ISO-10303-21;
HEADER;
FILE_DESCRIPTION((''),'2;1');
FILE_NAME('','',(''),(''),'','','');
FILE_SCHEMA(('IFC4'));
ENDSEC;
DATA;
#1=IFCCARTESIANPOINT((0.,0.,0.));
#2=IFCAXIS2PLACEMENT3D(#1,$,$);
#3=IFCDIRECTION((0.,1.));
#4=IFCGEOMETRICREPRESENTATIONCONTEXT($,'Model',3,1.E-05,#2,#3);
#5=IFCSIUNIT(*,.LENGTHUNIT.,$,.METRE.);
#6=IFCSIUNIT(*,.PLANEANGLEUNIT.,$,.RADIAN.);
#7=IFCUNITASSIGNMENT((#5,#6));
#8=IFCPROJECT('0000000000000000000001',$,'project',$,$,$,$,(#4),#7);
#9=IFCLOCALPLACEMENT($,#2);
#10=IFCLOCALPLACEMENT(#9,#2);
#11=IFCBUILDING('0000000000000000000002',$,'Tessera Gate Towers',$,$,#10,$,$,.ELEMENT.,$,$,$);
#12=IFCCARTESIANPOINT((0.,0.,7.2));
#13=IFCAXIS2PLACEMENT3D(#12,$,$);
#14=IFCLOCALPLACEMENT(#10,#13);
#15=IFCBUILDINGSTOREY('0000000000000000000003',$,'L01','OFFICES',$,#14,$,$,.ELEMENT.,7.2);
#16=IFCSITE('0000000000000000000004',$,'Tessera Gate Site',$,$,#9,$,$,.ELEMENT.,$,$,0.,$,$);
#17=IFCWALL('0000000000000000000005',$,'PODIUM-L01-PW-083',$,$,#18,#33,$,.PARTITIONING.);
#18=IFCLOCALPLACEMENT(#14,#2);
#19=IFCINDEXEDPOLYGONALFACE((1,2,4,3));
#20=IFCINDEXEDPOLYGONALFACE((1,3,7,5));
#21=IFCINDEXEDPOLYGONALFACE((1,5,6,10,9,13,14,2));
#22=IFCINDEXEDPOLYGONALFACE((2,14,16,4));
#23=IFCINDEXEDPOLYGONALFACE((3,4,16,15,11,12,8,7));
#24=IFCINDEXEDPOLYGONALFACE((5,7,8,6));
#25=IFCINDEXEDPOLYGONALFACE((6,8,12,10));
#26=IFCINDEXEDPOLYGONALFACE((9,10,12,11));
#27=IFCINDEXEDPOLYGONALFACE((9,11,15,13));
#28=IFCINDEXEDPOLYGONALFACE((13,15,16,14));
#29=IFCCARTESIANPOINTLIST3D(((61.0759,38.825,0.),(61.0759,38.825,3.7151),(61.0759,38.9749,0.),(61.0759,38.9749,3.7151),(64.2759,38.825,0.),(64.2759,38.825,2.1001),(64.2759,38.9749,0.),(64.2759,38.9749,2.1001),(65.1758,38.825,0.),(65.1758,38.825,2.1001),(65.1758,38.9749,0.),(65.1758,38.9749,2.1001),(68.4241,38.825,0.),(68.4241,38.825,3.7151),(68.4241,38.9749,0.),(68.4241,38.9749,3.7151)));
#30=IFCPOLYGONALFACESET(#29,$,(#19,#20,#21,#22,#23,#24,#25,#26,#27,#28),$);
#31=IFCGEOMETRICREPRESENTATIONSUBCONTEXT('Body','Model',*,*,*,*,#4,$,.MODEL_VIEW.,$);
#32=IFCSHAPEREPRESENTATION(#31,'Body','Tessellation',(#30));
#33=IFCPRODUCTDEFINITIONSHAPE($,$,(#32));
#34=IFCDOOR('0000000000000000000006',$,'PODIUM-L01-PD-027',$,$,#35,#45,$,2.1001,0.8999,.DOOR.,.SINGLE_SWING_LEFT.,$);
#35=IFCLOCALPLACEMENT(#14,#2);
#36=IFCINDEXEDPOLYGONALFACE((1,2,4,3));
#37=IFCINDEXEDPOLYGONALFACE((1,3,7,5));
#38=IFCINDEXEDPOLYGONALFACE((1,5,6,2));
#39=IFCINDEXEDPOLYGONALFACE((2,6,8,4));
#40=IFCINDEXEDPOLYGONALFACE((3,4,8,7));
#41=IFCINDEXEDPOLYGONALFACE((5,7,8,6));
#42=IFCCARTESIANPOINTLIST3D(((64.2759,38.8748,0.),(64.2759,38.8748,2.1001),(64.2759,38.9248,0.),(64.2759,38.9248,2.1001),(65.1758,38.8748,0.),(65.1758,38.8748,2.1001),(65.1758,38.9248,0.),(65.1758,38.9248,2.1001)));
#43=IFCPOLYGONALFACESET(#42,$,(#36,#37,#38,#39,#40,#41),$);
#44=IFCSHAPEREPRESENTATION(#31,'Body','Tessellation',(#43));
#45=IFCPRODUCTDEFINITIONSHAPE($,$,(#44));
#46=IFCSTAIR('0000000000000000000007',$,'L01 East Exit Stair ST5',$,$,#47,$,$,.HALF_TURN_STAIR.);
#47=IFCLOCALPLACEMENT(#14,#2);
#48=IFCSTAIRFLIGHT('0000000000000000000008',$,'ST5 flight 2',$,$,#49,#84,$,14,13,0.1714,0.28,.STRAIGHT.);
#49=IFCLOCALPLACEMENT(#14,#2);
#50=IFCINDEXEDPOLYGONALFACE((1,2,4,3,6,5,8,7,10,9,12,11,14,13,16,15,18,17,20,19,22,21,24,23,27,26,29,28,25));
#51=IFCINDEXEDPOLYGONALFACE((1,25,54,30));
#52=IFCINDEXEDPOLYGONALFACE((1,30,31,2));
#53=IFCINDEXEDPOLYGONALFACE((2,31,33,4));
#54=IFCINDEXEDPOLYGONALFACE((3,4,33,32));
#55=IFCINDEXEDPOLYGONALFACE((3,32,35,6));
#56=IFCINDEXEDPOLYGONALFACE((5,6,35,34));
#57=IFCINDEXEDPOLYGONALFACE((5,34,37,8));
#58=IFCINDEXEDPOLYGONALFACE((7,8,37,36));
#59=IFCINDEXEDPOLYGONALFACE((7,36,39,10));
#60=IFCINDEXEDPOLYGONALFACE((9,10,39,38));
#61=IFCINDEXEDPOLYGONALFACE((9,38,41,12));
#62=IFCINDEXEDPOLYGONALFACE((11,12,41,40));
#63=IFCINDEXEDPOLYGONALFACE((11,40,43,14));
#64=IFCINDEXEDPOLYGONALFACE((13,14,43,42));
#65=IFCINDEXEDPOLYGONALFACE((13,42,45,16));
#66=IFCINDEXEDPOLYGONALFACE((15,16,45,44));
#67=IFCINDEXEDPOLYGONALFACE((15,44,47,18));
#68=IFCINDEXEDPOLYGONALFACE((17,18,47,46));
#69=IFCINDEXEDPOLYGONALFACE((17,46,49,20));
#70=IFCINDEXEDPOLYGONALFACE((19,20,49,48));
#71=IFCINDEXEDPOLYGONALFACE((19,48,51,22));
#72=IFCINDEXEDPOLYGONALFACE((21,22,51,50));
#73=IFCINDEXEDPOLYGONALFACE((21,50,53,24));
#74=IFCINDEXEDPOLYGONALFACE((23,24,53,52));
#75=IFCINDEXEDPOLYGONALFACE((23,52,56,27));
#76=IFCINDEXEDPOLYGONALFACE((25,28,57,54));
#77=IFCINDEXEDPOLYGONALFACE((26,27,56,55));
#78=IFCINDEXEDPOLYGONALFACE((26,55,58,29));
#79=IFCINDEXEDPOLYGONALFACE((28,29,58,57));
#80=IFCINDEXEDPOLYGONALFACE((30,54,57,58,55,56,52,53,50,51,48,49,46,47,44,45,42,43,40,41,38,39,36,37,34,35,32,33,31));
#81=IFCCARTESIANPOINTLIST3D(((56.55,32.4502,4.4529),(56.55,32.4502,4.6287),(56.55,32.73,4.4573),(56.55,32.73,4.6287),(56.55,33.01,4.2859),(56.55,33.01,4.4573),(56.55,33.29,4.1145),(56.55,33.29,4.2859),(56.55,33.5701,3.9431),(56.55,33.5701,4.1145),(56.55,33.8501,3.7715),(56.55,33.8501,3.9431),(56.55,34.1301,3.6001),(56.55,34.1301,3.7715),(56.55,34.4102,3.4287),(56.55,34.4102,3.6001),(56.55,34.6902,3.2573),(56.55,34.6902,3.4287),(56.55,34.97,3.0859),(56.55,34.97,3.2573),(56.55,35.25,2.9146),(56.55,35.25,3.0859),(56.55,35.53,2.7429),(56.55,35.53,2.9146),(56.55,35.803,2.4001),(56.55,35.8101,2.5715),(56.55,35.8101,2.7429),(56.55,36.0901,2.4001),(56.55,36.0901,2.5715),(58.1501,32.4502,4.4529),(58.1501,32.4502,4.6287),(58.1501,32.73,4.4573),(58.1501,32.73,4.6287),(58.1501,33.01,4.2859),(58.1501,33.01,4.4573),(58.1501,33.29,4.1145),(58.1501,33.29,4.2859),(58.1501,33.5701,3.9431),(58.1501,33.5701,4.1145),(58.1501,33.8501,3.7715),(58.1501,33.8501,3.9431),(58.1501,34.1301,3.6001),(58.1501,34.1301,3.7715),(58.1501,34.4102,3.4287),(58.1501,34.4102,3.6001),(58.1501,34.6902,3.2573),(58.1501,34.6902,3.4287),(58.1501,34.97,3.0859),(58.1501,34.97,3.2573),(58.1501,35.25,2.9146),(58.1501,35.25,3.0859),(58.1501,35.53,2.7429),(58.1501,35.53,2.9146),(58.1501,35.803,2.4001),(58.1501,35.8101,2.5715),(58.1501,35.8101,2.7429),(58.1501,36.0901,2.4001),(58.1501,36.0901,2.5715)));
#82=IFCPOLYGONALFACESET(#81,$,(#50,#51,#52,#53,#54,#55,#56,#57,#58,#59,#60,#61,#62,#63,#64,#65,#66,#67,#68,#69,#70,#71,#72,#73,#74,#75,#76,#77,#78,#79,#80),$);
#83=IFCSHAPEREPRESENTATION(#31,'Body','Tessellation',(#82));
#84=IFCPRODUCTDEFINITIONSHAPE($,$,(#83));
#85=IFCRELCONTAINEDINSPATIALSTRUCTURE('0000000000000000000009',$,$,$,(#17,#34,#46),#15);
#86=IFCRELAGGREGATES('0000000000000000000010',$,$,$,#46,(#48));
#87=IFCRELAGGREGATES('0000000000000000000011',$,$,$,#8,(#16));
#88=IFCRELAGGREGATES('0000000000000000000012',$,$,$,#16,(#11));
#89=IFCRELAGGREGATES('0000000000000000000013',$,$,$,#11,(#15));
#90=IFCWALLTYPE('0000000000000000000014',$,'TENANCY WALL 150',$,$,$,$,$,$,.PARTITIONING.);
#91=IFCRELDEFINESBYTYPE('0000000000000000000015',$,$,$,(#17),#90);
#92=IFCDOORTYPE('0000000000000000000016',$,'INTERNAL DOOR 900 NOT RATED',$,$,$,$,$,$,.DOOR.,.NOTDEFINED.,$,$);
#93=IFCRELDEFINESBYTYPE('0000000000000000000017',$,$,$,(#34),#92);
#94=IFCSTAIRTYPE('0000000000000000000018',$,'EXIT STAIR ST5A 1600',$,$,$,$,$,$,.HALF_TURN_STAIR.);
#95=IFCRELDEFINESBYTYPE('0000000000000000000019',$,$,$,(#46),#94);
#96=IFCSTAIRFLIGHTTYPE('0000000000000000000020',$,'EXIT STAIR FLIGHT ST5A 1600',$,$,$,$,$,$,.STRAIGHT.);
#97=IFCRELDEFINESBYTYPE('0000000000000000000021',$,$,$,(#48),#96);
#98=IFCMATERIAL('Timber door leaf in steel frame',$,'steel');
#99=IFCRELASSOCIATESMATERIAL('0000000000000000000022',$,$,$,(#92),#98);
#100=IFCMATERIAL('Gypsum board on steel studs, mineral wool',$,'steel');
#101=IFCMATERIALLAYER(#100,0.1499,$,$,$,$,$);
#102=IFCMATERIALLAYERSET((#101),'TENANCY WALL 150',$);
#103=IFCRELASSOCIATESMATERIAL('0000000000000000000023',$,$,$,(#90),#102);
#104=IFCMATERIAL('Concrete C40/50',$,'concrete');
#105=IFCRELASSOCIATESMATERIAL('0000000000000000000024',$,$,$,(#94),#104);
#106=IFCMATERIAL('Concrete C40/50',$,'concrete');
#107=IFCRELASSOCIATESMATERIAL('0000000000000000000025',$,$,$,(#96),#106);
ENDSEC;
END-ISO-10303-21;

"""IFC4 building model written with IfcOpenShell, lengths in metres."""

from ifc_helpers import new_model, si_unit, direction, frame, frame_2d, origin, place, context, subcontext, project, spatial, polyline, rectangle, outline, extrude, source, transform, mapped, material, layer, layer_set, type_object, element, fill, aggregate, save


model = new_model("IFC4")

# Units and contexts
model_context = context("Model", 3, precision=1e-05, world=origin(), true_north=direction((0.0, 1.0)))
body_context = subcontext(model_context, "Body", "Model", "MODEL_VIEW")
ifc_project = project(units=[si_unit("LENGTHUNIT", "METRE"), si_unit("PLANEANGLEUNIT", "RADIAN")], contexts=[model_context])

# Site, building, storey
site_placement = place(None, origin())
site = spatial("IfcSite", under=ifc_project, at=site_placement, Name="Tessera Gate Site", CompositionType="ELEMENT", RefElevation=0.0)
building_placement = place(site_placement, origin())
building = spatial("IfcBuilding", under=site, at=building_placement, Name="Tessera Gate Towers", CompositionType="ELEMENT")
storey_placement = place(building_placement, frame((0.0, 0.0, 7.2)))
storey = spatial("IfcBuildingStorey", under=building, at=storey_placement, Name="L01", Description="OFFICES", CompositionType="ELEMENT", Elevation=7.2)

# Shared definitions
shared_shape_1 = source(origin(), body_context, "Body", "SweptSolid", [
    extrude(rectangle(XDim=0.8999, YDim=2.1001, at=frame_2d((0.45, 1.05))), frame((0.0, 0.085, 0.0), z_axis=(0.0, -1.0, 0.0), x_axis=(1.0, 0.0, 0.0)), (0.0, 0.0, 1.0), 0.1699),
])
shared_shape_2 = source(origin(), body_context, "Body", "SweptSolid", [
    extrude(rectangle(XDim=0.8999, YDim=2.1001, at=frame_2d((0.45, 1.05))), frame((0.0, 0.0249, 0.0), z_axis=(0.0, -1.0, 0.0), x_axis=(1.0, 0.0, 0.0)), (0.0, 0.0, 1.0), 0.05),
])

# Shared definitions
ifc_material_1 = material(Name="Timber door leaf in steel frame", Category="steel")
door_type_1 = type_object("IfcDoorType", Name="INTERNAL DOOR 900 NOT RATED", OperationType="NOTDEFINED", PredefinedType="DOOR", material=ifc_material_1)

# Shared definitions
ifc_material_2 = material(Name="Gypsum board on steel studs, mineral wool", Category="steel")
ifc_layer_1 = layer(ifc_material_2, 0.1499)
ifc_layer_set_1 = layer_set([ifc_layer_1], Name="TENANCY WALL 150")
wall_type_1 = type_object("IfcWallType", Name="TENANCY WALL 150", PredefinedType="PARTITIONING", material=ifc_layer_set_1)

# Wall, opening, door
wall_1_placement = place(storey_placement, frame((61.0759, 38.8999, 0.0), z_axis=(0.0, 0.0, 1.0), x_axis=(1.0, 0.0, 0.0)))
wall_1 = element("IfcWall", 1, at=wall_1_placement, inside=storey, type_object=wall_type_1, Name="PODIUM-L01-PW-083", PredefinedType="PARTITIONING", context=body_context, shape_type="SweptSolid", body=[
    extrude(rectangle(XDim=7.3481, YDim=0.1499, at=frame_2d((3.6741, 0.0))), origin(), (0.0, 0.0, 1.0), 3.7151),
])
opening_1_placement = place(wall_1_placement, frame((3.2, 0.0, 0.0)))
opening_1 = element("IfcOpeningElement", 2, at=opening_1_placement, cuts=wall_1, PredefinedType="OPENING", context=body_context, shape_type="MappedRepresentation", body=[
    mapped(shared_shape_1, transform((0.0, 0.0, 0.0), scale=1.0)),
])
door_1_placement = place(opening_1_placement, origin())
door_1 = element("IfcDoor", 3, at=door_1_placement, inside=storey, type_object=door_type_1, Name="PODIUM-L01-PD-027", OperationType="SINGLE_SWING_LEFT", OverallHeight=2.1001, OverallWidth=0.8999, PredefinedType="DOOR", context=body_context, shape_type="MappedRepresentation", body=[
    mapped(shared_shape_2, transform((0.0, 0.0, 0.0), scale=1.0)),
])
fill(opening_1, door_1)

# Stair, stair flight
ifc_material_3 = material(Name="Concrete C40/50", Category="concrete")
stair_type = type_object("IfcStairType", Name="EXIT STAIR ST5A 1600", PredefinedType="HALF_TURN_STAIR", material=ifc_material_3)
stair_placement = place(storey_placement, origin())
stair = element("IfcStair", 4, at=stair_placement, inside=storey, type_object=stair_type, Name="L01 East Exit Stair ST5", PredefinedType="HALF_TURN_STAIR")
ifc_material_4 = material(Name="Concrete C40/50", Category="concrete")
stair_flight_type = type_object("IfcStairFlightType", Name="EXIT STAIR FLIGHT ST5A 1600", PredefinedType="STRAIGHT", material=ifc_material_4)
stair_flight_placement = place(storey_placement, frame((57.3501, 36.0901, 2.4001), z_axis=(0.0, 0.0, 1.0), x_axis=(0.0, -1.0, 0.0)))
stair_flight = element("IfcStairFlight", 5, at=stair_flight_placement, type_object=stair_flight_type, Name="ST5 flight 2", NumberOfRisers=14, NumberOfTreads=13, PredefinedType="STRAIGHT", RiserHeight=0.1714, TreadLength=0.28, context=body_context, shape_type="SweptSolid", body=[
    extrude(outline(polyline([(0.0, 0.0), (0.0, 0.1714), (0.28, 0.1714), (0.28, 0.3428), (0.5601, 0.3428), (0.5601, 0.5144), (0.8401, 0.5144), (0.8401, 0.6858), (1.1201, 0.6858), (1.1201, 0.8572), (1.3999, 0.8572), (1.3999, 1.0286), (1.6799, 1.0286), (1.6799, 1.2), (1.96, 1.2), (1.96, 1.3713), (2.24, 1.3713), (2.24, 1.543), (2.52, 1.543), (2.52, 1.7144), (2.8, 1.7144), (2.8, 1.8857), (3.0801, 1.8857), (3.0801, 2.0571), (3.3601, 2.0571), (3.3601, 2.2285), (3.6399, 2.2285), (3.6399, 2.3999), (3.6399, 2.0527), (0.2871, 0.0), (0.0, 0.0)])), frame((0.0, 0.8, 0.0), z_axis=(0.0, -1.0, 0.0), x_axis=(1.0, 0.0, 0.0)), (0.0, 0.0, 1.0), 1.6001),
])
aggregate(stair, [stair_flight])

save(model, "model.ifc")
